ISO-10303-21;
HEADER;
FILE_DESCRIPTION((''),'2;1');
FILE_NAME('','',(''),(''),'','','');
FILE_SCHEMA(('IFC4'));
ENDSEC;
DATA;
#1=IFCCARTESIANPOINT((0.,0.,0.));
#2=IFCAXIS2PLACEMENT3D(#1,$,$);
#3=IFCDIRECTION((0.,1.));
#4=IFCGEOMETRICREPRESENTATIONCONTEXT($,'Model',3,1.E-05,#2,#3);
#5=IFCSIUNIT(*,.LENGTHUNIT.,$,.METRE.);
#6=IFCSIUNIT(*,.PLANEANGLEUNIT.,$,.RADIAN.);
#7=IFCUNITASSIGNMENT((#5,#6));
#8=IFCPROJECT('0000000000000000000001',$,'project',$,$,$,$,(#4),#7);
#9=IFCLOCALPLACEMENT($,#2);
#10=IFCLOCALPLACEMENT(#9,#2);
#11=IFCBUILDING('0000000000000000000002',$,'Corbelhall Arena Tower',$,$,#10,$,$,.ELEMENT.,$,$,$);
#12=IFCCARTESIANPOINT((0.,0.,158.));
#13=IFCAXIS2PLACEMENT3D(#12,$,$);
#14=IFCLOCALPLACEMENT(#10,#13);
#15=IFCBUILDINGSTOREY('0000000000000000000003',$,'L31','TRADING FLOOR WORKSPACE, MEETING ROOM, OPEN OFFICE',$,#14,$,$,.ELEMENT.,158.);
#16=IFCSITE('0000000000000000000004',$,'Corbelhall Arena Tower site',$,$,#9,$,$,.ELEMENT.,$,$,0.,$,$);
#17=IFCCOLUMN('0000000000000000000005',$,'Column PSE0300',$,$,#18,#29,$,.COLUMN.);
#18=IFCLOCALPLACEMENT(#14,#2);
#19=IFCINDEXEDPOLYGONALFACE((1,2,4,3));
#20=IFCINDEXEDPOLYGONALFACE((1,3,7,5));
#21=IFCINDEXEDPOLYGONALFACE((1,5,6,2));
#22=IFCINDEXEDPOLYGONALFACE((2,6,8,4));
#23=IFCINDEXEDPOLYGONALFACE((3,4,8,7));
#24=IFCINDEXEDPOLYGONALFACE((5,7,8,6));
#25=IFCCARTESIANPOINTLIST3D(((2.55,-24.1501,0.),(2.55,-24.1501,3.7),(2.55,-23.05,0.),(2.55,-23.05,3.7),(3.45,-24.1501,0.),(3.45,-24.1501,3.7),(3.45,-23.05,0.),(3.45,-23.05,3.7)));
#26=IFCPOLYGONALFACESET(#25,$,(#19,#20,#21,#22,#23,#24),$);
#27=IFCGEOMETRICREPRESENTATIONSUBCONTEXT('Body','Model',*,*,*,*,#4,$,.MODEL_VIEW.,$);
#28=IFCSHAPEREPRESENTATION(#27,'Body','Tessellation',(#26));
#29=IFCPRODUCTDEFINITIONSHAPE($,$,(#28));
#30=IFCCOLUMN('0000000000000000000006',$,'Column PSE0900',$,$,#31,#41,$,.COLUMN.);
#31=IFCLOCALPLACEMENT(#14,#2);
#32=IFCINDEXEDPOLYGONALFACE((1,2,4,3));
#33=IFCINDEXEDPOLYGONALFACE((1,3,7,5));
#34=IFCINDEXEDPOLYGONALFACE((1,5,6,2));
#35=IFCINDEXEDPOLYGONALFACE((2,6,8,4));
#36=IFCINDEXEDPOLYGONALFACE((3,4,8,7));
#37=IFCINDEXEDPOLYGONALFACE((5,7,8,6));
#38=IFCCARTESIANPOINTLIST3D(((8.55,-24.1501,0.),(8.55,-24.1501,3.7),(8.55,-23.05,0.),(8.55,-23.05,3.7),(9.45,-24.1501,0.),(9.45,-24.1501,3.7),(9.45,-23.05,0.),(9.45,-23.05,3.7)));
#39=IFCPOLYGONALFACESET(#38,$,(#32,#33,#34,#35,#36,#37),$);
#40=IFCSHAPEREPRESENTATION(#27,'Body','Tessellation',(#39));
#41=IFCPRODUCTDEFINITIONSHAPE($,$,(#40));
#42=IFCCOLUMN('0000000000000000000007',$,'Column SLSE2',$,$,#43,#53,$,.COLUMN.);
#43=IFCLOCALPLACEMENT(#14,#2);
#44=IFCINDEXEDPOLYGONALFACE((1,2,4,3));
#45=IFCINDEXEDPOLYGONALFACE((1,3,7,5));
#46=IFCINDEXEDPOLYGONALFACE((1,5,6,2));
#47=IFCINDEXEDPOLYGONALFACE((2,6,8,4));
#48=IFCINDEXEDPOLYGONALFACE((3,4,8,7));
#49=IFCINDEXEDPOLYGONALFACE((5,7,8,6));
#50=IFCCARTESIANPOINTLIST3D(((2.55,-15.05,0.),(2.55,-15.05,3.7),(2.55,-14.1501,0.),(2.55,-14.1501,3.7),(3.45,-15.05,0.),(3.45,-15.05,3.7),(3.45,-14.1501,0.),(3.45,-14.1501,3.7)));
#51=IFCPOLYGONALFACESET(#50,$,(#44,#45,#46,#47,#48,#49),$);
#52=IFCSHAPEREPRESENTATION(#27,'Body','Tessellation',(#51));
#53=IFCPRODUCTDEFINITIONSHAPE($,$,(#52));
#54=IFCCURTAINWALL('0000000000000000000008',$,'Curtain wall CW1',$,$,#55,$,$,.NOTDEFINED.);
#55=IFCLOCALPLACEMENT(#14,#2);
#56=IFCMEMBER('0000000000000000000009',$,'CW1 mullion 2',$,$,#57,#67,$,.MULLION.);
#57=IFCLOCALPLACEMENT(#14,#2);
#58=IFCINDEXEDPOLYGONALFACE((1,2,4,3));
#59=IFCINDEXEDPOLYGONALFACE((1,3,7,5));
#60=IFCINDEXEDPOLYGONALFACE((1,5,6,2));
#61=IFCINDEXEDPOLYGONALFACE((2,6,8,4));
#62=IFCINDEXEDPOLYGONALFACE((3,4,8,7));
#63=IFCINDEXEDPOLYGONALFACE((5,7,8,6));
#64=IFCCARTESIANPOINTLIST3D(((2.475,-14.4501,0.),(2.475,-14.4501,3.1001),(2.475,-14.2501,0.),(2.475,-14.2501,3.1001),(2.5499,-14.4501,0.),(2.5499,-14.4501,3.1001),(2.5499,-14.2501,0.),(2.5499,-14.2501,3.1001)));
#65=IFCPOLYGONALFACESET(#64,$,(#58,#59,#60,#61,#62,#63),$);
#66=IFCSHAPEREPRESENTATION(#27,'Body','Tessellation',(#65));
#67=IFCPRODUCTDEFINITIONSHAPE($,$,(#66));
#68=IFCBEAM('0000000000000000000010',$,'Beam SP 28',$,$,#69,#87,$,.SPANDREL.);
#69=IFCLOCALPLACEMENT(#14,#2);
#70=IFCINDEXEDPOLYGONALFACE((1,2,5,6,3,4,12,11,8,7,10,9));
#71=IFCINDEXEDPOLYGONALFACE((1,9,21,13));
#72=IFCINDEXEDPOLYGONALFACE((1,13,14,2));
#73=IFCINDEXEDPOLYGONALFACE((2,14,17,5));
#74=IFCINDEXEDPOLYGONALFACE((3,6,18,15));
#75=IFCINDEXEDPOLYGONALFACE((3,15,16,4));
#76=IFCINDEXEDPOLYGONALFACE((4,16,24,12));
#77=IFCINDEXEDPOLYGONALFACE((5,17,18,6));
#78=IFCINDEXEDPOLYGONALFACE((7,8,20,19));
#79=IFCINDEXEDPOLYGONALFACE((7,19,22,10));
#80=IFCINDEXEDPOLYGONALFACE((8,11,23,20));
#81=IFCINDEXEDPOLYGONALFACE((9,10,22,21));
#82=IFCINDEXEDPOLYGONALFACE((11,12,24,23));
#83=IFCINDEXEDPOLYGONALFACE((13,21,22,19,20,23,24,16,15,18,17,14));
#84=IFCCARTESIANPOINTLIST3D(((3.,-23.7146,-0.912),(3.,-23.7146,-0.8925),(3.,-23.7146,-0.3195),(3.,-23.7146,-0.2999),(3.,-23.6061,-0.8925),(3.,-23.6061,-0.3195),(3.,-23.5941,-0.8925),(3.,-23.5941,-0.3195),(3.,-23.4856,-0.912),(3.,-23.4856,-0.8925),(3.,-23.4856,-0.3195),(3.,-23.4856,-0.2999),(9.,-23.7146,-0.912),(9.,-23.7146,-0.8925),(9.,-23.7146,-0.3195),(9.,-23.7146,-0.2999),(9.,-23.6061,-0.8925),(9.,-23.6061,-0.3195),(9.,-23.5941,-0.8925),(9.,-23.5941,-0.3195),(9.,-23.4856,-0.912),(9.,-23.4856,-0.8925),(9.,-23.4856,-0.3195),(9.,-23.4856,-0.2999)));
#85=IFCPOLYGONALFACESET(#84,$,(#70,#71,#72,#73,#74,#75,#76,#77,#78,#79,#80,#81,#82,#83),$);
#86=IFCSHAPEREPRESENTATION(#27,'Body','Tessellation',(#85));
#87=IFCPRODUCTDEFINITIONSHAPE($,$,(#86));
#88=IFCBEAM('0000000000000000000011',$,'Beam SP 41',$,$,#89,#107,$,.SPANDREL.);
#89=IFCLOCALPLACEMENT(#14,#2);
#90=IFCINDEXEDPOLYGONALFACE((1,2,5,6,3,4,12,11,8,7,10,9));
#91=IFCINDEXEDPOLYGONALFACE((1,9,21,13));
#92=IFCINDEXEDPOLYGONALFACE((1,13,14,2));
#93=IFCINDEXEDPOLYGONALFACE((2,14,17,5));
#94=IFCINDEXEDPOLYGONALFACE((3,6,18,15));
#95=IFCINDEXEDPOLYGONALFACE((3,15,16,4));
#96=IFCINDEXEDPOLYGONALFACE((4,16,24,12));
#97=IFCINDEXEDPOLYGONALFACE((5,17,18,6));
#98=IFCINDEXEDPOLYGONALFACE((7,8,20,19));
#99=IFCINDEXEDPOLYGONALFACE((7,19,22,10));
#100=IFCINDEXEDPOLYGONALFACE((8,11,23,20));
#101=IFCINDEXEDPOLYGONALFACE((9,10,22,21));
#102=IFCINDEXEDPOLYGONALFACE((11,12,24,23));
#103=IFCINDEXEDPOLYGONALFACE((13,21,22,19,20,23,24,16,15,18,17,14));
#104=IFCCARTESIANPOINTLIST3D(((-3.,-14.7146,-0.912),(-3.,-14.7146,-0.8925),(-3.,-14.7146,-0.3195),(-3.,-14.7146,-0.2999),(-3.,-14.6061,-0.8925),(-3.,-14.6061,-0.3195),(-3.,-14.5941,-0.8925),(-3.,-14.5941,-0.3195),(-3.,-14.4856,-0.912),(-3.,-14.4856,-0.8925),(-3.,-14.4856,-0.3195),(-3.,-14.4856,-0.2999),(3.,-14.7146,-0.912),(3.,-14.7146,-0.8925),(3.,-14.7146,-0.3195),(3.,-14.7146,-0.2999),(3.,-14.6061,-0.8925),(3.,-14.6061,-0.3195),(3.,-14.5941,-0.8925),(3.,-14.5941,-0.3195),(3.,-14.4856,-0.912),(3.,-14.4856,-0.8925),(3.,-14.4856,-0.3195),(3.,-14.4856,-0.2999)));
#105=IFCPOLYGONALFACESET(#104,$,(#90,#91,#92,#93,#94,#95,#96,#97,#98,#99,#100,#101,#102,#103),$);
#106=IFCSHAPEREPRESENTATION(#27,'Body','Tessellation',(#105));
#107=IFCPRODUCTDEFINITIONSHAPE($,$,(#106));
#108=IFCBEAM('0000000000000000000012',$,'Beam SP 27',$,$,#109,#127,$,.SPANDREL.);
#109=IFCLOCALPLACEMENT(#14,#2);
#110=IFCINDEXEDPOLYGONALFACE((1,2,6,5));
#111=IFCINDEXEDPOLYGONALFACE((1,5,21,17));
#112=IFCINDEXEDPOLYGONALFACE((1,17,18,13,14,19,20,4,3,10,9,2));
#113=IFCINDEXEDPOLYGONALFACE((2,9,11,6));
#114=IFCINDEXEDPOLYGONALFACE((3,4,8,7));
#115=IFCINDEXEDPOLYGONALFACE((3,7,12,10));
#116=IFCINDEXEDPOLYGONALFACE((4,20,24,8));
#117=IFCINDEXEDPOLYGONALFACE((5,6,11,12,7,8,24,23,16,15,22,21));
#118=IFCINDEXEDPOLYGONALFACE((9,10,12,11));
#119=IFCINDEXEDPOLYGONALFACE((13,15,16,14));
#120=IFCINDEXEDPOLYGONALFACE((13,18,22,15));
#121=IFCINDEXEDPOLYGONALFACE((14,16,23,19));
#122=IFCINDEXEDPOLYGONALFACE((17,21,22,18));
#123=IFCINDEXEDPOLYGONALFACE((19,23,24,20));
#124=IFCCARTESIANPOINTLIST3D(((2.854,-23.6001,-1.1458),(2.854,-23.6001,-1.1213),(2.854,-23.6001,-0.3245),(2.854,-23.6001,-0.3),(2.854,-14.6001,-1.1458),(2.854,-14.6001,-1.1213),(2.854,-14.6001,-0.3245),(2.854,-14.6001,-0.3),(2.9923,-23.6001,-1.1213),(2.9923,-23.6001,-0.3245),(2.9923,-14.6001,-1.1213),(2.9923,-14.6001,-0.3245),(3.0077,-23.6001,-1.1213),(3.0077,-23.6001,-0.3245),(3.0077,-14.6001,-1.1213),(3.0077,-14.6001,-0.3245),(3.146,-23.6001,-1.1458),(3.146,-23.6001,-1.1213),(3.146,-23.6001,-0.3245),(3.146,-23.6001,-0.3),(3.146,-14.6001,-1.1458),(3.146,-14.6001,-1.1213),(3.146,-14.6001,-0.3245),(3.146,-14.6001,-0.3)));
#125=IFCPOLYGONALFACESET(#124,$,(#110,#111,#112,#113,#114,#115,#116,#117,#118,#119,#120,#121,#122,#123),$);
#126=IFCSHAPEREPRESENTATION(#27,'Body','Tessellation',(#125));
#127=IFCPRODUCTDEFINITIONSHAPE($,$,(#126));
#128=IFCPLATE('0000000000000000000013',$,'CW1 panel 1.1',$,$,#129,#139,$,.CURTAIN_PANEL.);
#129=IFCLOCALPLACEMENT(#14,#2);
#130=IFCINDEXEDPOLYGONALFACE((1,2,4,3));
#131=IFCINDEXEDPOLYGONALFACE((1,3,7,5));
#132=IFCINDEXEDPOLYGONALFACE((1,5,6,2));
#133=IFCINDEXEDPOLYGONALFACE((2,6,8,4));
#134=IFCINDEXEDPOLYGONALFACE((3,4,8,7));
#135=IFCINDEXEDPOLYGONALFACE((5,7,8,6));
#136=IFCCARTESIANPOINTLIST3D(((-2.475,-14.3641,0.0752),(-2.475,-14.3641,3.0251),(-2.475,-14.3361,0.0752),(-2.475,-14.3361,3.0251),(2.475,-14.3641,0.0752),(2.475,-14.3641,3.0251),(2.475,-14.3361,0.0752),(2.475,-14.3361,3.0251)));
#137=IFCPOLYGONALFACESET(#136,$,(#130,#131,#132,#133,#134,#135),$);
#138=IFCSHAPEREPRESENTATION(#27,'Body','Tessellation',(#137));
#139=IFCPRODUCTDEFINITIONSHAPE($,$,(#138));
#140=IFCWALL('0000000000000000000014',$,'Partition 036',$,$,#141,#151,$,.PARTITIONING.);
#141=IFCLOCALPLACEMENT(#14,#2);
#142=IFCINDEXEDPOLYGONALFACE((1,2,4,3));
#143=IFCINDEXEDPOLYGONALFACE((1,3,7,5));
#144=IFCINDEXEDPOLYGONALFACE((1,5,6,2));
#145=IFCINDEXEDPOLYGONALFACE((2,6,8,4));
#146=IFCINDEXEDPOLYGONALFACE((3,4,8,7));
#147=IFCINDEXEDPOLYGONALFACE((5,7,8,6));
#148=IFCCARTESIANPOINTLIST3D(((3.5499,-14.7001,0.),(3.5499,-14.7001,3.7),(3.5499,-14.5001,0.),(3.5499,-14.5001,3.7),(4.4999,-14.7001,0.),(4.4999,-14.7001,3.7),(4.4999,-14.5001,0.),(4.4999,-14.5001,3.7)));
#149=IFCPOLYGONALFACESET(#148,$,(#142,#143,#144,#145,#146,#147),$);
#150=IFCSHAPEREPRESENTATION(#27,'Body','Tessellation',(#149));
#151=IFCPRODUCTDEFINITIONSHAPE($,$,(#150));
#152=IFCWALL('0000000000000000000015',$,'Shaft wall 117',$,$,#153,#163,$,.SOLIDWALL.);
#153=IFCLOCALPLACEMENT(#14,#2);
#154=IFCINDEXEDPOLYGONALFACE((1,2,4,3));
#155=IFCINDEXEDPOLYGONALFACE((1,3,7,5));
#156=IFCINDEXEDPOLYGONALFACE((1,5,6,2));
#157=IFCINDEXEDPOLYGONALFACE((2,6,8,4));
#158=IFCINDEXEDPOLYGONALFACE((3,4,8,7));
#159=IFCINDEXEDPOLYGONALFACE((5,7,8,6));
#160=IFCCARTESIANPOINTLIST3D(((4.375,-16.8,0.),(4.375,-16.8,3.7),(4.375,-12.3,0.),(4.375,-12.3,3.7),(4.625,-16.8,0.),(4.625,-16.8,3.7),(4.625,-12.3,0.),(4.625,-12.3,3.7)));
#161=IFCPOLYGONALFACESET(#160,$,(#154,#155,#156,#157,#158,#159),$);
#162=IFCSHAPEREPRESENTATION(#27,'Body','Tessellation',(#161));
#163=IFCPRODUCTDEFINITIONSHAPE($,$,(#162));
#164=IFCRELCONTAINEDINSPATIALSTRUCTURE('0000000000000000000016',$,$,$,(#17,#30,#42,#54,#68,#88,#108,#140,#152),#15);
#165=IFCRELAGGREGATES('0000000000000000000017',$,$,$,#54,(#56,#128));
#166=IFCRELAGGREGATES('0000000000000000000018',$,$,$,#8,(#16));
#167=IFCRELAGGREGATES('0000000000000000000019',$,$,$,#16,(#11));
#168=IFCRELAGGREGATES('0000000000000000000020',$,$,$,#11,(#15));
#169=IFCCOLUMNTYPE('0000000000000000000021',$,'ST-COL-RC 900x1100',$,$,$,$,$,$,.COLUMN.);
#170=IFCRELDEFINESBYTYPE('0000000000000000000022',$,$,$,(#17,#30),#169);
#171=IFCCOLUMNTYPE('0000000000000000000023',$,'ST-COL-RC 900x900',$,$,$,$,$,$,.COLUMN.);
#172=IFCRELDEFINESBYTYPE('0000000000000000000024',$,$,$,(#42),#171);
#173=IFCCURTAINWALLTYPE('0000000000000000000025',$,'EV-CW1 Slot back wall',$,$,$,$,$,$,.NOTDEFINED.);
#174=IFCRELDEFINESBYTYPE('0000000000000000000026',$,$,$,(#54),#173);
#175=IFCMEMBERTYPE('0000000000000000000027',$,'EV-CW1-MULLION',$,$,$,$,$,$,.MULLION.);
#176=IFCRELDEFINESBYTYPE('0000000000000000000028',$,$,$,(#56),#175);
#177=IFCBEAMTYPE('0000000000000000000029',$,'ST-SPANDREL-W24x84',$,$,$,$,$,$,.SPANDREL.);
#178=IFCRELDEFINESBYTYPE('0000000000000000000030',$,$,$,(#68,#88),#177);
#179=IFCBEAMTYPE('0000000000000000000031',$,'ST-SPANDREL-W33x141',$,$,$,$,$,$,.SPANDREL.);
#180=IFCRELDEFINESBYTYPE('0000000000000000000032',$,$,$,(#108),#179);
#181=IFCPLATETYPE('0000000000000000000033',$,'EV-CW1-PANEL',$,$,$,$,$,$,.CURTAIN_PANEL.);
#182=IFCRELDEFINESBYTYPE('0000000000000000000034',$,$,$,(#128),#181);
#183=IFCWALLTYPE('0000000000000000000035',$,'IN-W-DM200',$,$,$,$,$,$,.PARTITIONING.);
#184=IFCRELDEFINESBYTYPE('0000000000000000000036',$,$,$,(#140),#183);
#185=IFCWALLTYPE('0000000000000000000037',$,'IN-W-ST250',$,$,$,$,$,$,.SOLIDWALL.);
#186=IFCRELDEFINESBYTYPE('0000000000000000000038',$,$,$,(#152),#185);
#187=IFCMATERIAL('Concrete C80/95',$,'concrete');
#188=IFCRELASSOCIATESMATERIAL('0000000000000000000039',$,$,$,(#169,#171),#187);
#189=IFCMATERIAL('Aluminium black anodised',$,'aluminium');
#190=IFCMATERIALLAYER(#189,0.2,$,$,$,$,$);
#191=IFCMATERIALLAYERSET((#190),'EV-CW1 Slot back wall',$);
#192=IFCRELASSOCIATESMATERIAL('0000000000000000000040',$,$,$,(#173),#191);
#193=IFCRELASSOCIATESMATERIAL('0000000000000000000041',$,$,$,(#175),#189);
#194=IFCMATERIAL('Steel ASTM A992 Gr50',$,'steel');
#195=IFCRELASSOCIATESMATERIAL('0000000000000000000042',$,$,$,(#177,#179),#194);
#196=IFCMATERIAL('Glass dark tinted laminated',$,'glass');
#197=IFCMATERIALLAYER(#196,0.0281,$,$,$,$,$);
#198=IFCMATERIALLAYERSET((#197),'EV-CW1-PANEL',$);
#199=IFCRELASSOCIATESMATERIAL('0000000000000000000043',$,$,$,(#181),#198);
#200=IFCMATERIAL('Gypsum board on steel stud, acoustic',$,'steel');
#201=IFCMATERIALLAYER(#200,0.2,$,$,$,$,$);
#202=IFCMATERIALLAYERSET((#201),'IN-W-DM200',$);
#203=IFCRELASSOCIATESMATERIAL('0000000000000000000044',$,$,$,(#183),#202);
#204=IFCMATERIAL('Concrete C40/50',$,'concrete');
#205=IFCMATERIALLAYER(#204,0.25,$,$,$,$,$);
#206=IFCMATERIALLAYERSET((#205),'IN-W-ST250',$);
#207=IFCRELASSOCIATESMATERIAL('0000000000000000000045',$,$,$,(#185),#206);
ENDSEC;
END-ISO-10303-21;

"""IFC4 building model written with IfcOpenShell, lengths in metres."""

from ifc_helpers import new_model, si_unit, direction, frame, frame_2d, origin, origin_2d, place, context, subcontext, project, spatial, rectangle, i_section, extrude, material, layer, layer_set, material_profile, profile_set, type_object, element, aggregate, save


model = new_model("IFC4")

# Units and contexts
model_context = context("Model", 3, precision=1e-05, world=origin(), true_north=direction((0.0, 1.0)))
body_context = subcontext(model_context, "Body", "Model", "MODEL_VIEW")
ifc_project = project(units=[si_unit("LENGTHUNIT", "METRE"), si_unit("PLANEANGLEUNIT", "RADIAN")], contexts=[model_context])

# Site, building, storey
site_placement = place(None, origin())
site = spatial("IfcSite", under=ifc_project, at=site_placement, Name="Corbelhall Arena Tower site", CompositionType="ELEMENT", RefElevation=0.0)
building_placement = place(site_placement, origin())
building = spatial("IfcBuilding", under=site, at=building_placement, Name="Corbelhall Arena Tower", CompositionType="ELEMENT")
storey_placement = place(building_placement, frame((0.0, 0.0, 158.0)))
storey = spatial("IfcBuildingStorey", under=building, at=storey_placement, Name="L31", Description="TRADING FLOOR WORKSPACE, MEETING ROOM, OPEN OFFICE", CompositionType="ELEMENT", Elevation=158.0)

# Columns
ifc_material_1 = material(Name="Concrete C80/95", Category="concrete")
ifc_material_profile_1 = material_profile(ifc_material_1, rectangle(XDim=0.8999, YDim=1.1001, at=origin_2d()))
ifc_profile_set_1 = profile_set([ifc_material_profile_1], Name="Concrete C80/95")
column_type_1 = type_object("IfcColumnType", Name="ST-COL-RC 900x1100", PredefinedType="COLUMN", material=ifc_profile_set_1)
for number, where, z_axis, x_axis, name in (
    (1, (3.0, -23.6001, 0.0), (0.0, 0.0, 1.0), (1.0, 0.0, 0.0), "Column PSE0300"),
    (2, (9.0, -23.6001, 0.0), (0.0, 0.0, 1.0), (1.0, 0.0, 0.0), "Column PSE0900"),
):
    element("IfcColumn", number, at=place(storey_placement, frame(where, z_axis=z_axis, x_axis=x_axis)), inside=storey, type_object=column_type_1, Name=name, PredefinedType="COLUMN", context=body_context, shape_type="SweptSolid", body=[
        extrude(rectangle(XDim=0.8999, YDim=1.1001, at=origin_2d()), origin(), (0.0, 0.0, 1.0), 3.7),
    ])
ifc_material_profile_2 = material_profile(ifc_material_1, rectangle(XDim=0.8999, YDim=0.8999, at=origin_2d()))
ifc_profile_set_2 = profile_set([ifc_material_profile_2], Name="Concrete C80/95")
column_type_2 = type_object("IfcColumnType", Name="ST-COL-RC 900x900", PredefinedType="COLUMN", material=ifc_profile_set_2)
column_placement = place(storey_placement, frame((3.0, -14.6001, 0.0), z_axis=(0.0, 0.0, 1.0), x_axis=(1.0, 0.0, 0.0)))
element("IfcColumn", 3, at=column_placement, inside=storey, type_object=column_type_2, Name="Column SLSE2", PredefinedType="COLUMN", context=body_context, shape_type="SweptSolid", body=[
    extrude(rectangle(XDim=0.8999, YDim=0.8999, at=origin_2d()), origin(), (0.0, 0.0, 1.0), 3.7),
])

# Curtain wall, member
ifc_material_2 = material(Name="Aluminium black anodised", Category="aluminium")
ifc_layer_1 = layer(ifc_material_2, 0.2)
ifc_layer_set_1 = layer_set([ifc_layer_1], Name="EV-CW1 Slot back wall")
curtain_wall_type = type_object("IfcCurtainWallType", Name="EV-CW1 Slot back wall", PredefinedType="NOTDEFINED", material=ifc_layer_set_1)
curtain_wall_placement = place(storey_placement, origin())
curtain_wall = element("IfcCurtainWall", 4, at=curtain_wall_placement, inside=storey, type_object=curtain_wall_type, Name="Curtain wall CW1", PredefinedType="NOTDEFINED")
ifc_material_profile_3 = material_profile(ifc_material_2, rectangle(XDim=0.2, YDim=0.075, at=origin_2d()))
ifc_profile_set_3 = profile_set([ifc_material_profile_3], Name="Aluminium black anodised")
member_type = type_object("IfcMemberType", Name="EV-CW1-MULLION", PredefinedType="MULLION", material=ifc_profile_set_3)
member_placement = place(storey_placement, frame((2.5125, -14.3501, 0.0), z_axis=(0.0, 0.0, 1.0), x_axis=(0.0, 1.0, 0.0)))
member = element("IfcMember", 5, at=member_placement, type_object=member_type, Name="CW1 mullion 2", PredefinedType="MULLION", context=body_context, shape_type="SweptSolid", body=[
    extrude(rectangle(XDim=0.2, YDim=0.075, at=origin_2d()), origin(), (0.0, 0.0, 1.0), 3.1001),
])

# Beams
ifc_material_3 = material(Name="Steel ASTM A992 Gr50", Category="steel")
ifc_material_profile_4 = material_profile(ifc_material_3, i_section(OverallWidth=0.229, OverallDepth=0.6121, WebThickness=0.012, FlangeThickness=0.0195, at=origin_2d()))
ifc_profile_set_4 = profile_set([ifc_material_profile_4], Name="Steel ASTM A992 Gr50")
beam_type_1 = type_object("IfcBeamType", Name="ST-SPANDREL-W24x84", PredefinedType="SPANDREL", material=ifc_profile_set_4)
for number, where, z_axis, x_axis, name in (
    (6, (9.0, -23.6001, -0.606), (-1.0, 0.0, 0.0), (0.0, -1.0, 0.0), "Beam SP 28"),
    (7, (3.0, -14.6001, -0.606), (-1.0, 0.0, 0.0), (0.0, -1.0, 0.0), "Beam SP 41"),
):
    element("IfcBeam", number, at=place(storey_placement, frame(where, z_axis=z_axis, x_axis=x_axis)), inside=storey, type_object=beam_type_1, Name=name, PredefinedType="SPANDREL", context=body_context, shape_type="SweptSolid", body=[
        extrude(i_section(OverallWidth=0.229, OverallDepth=0.6121, WebThickness=0.012, FlangeThickness=0.0195, at=origin_2d()), origin(), (0.0, 0.0, 1.0), 6.0),
    ])
ifc_material_profile_5 = material_profile(ifc_material_3, i_section(OverallWidth=0.292, OverallDepth=0.8457, WebThickness=0.0154, FlangeThickness=0.0244, at=origin_2d()))
ifc_profile_set_5 = profile_set([ifc_material_profile_5], Name="Steel ASTM A992 Gr50")
beam_type_2 = type_object("IfcBeamType", Name="ST-SPANDREL-W33x141", PredefinedType="SPANDREL", material=ifc_profile_set_5)
beam_placement = place(storey_placement, frame((3.0, -23.6001, -0.7229), z_axis=(0.0, 1.0, 0.0), x_axis=(-1.0, 0.0, 0.0)))
element("IfcBeam", 8, at=beam_placement, inside=storey, type_object=beam_type_2, Name="Beam SP 27", PredefinedType="SPANDREL", context=body_context, shape_type="SweptSolid", body=[
    extrude(i_section(OverallWidth=0.292, OverallDepth=0.8457, WebThickness=0.0154, FlangeThickness=0.0244, at=origin_2d()), origin(), (0.0, 0.0, 1.0), 9.0),
])

# Plate
ifc_material_4 = material(Name="Glass dark tinted laminated", Category="glass")
ifc_layer_2 = layer(ifc_material_4, 0.0281)
ifc_layer_set_2 = layer_set([ifc_layer_2], Name="EV-CW1-PANEL")
plate_type = type_object("IfcPlateType", Name="EV-CW1-PANEL", PredefinedType="CURTAIN_PANEL", material=ifc_layer_set_2)
plate_placement = place(storey_placement, frame((0.0, -14.3501, 0.0752), z_axis=(0.0, 0.0, 1.0), x_axis=(1.0, 0.0, 0.0)))
plate = element("IfcPlate", 9, at=plate_placement, type_object=plate_type, Name="CW1 panel 1.1", PredefinedType="CURTAIN_PANEL", context=body_context, shape_type="SweptSolid", body=[
    extrude(rectangle(XDim=4.95, YDim=0.0281, at=origin_2d()), origin(), (0.0, 0.0, 1.0), 2.95),
])
aggregate(curtain_wall, [member, plate])

# Walls
ifc_material_5 = material(Name="Gypsum board on steel stud, acoustic", Category="steel")
ifc_layer_3 = layer(ifc_material_5, 0.2)
ifc_layer_set_3 = layer_set([ifc_layer_3], Name="IN-W-DM200")
wall_type_1 = type_object("IfcWallType", Name="IN-W-DM200", PredefinedType="PARTITIONING", material=ifc_layer_set_3)
wall_1_placement = place(storey_placement, frame((4.5, -14.6001, 0.0), z_axis=(0.0, 0.0, 1.0), x_axis=(-1.0, 0.0, 0.0)))
element("IfcWall", 10, at=wall_1_placement, inside=storey, type_object=wall_type_1, Name="Partition 036", PredefinedType="PARTITIONING", context=body_context, shape_type="SweptSolid", body=[
    extrude(rectangle(XDim=0.95, YDim=0.2, at=frame_2d((0.4751, 0.0))), origin(), (0.0, 0.0, 1.0), 3.7),
])
ifc_material_6 = material(Name="Concrete C40/50", Category="concrete")
ifc_layer_4 = layer(ifc_material_6, 0.25)
ifc_layer_set_4 = layer_set([ifc_layer_4], Name="IN-W-ST250")
wall_type_2 = type_object("IfcWallType", Name="IN-W-ST250", PredefinedType="SOLIDWALL", material=ifc_layer_set_4)
wall_2_placement = place(storey_placement, frame((4.5, -16.8, 0.0), z_axis=(0.0, 0.0, 1.0), x_axis=(0.0, 1.0, 0.0)))
element("IfcWall", 11, at=wall_2_placement, inside=storey, type_object=wall_type_2, Name="Shaft wall 117", PredefinedType="SOLIDWALL", context=body_context, shape_type="SweptSolid", body=[
    extrude(rectangle(XDim=4.5, YDim=0.25, at=frame_2d((2.25, 0.0))), origin(), (0.0, 0.0, 1.0), 3.7),
])

save(model, "model.ifc")
